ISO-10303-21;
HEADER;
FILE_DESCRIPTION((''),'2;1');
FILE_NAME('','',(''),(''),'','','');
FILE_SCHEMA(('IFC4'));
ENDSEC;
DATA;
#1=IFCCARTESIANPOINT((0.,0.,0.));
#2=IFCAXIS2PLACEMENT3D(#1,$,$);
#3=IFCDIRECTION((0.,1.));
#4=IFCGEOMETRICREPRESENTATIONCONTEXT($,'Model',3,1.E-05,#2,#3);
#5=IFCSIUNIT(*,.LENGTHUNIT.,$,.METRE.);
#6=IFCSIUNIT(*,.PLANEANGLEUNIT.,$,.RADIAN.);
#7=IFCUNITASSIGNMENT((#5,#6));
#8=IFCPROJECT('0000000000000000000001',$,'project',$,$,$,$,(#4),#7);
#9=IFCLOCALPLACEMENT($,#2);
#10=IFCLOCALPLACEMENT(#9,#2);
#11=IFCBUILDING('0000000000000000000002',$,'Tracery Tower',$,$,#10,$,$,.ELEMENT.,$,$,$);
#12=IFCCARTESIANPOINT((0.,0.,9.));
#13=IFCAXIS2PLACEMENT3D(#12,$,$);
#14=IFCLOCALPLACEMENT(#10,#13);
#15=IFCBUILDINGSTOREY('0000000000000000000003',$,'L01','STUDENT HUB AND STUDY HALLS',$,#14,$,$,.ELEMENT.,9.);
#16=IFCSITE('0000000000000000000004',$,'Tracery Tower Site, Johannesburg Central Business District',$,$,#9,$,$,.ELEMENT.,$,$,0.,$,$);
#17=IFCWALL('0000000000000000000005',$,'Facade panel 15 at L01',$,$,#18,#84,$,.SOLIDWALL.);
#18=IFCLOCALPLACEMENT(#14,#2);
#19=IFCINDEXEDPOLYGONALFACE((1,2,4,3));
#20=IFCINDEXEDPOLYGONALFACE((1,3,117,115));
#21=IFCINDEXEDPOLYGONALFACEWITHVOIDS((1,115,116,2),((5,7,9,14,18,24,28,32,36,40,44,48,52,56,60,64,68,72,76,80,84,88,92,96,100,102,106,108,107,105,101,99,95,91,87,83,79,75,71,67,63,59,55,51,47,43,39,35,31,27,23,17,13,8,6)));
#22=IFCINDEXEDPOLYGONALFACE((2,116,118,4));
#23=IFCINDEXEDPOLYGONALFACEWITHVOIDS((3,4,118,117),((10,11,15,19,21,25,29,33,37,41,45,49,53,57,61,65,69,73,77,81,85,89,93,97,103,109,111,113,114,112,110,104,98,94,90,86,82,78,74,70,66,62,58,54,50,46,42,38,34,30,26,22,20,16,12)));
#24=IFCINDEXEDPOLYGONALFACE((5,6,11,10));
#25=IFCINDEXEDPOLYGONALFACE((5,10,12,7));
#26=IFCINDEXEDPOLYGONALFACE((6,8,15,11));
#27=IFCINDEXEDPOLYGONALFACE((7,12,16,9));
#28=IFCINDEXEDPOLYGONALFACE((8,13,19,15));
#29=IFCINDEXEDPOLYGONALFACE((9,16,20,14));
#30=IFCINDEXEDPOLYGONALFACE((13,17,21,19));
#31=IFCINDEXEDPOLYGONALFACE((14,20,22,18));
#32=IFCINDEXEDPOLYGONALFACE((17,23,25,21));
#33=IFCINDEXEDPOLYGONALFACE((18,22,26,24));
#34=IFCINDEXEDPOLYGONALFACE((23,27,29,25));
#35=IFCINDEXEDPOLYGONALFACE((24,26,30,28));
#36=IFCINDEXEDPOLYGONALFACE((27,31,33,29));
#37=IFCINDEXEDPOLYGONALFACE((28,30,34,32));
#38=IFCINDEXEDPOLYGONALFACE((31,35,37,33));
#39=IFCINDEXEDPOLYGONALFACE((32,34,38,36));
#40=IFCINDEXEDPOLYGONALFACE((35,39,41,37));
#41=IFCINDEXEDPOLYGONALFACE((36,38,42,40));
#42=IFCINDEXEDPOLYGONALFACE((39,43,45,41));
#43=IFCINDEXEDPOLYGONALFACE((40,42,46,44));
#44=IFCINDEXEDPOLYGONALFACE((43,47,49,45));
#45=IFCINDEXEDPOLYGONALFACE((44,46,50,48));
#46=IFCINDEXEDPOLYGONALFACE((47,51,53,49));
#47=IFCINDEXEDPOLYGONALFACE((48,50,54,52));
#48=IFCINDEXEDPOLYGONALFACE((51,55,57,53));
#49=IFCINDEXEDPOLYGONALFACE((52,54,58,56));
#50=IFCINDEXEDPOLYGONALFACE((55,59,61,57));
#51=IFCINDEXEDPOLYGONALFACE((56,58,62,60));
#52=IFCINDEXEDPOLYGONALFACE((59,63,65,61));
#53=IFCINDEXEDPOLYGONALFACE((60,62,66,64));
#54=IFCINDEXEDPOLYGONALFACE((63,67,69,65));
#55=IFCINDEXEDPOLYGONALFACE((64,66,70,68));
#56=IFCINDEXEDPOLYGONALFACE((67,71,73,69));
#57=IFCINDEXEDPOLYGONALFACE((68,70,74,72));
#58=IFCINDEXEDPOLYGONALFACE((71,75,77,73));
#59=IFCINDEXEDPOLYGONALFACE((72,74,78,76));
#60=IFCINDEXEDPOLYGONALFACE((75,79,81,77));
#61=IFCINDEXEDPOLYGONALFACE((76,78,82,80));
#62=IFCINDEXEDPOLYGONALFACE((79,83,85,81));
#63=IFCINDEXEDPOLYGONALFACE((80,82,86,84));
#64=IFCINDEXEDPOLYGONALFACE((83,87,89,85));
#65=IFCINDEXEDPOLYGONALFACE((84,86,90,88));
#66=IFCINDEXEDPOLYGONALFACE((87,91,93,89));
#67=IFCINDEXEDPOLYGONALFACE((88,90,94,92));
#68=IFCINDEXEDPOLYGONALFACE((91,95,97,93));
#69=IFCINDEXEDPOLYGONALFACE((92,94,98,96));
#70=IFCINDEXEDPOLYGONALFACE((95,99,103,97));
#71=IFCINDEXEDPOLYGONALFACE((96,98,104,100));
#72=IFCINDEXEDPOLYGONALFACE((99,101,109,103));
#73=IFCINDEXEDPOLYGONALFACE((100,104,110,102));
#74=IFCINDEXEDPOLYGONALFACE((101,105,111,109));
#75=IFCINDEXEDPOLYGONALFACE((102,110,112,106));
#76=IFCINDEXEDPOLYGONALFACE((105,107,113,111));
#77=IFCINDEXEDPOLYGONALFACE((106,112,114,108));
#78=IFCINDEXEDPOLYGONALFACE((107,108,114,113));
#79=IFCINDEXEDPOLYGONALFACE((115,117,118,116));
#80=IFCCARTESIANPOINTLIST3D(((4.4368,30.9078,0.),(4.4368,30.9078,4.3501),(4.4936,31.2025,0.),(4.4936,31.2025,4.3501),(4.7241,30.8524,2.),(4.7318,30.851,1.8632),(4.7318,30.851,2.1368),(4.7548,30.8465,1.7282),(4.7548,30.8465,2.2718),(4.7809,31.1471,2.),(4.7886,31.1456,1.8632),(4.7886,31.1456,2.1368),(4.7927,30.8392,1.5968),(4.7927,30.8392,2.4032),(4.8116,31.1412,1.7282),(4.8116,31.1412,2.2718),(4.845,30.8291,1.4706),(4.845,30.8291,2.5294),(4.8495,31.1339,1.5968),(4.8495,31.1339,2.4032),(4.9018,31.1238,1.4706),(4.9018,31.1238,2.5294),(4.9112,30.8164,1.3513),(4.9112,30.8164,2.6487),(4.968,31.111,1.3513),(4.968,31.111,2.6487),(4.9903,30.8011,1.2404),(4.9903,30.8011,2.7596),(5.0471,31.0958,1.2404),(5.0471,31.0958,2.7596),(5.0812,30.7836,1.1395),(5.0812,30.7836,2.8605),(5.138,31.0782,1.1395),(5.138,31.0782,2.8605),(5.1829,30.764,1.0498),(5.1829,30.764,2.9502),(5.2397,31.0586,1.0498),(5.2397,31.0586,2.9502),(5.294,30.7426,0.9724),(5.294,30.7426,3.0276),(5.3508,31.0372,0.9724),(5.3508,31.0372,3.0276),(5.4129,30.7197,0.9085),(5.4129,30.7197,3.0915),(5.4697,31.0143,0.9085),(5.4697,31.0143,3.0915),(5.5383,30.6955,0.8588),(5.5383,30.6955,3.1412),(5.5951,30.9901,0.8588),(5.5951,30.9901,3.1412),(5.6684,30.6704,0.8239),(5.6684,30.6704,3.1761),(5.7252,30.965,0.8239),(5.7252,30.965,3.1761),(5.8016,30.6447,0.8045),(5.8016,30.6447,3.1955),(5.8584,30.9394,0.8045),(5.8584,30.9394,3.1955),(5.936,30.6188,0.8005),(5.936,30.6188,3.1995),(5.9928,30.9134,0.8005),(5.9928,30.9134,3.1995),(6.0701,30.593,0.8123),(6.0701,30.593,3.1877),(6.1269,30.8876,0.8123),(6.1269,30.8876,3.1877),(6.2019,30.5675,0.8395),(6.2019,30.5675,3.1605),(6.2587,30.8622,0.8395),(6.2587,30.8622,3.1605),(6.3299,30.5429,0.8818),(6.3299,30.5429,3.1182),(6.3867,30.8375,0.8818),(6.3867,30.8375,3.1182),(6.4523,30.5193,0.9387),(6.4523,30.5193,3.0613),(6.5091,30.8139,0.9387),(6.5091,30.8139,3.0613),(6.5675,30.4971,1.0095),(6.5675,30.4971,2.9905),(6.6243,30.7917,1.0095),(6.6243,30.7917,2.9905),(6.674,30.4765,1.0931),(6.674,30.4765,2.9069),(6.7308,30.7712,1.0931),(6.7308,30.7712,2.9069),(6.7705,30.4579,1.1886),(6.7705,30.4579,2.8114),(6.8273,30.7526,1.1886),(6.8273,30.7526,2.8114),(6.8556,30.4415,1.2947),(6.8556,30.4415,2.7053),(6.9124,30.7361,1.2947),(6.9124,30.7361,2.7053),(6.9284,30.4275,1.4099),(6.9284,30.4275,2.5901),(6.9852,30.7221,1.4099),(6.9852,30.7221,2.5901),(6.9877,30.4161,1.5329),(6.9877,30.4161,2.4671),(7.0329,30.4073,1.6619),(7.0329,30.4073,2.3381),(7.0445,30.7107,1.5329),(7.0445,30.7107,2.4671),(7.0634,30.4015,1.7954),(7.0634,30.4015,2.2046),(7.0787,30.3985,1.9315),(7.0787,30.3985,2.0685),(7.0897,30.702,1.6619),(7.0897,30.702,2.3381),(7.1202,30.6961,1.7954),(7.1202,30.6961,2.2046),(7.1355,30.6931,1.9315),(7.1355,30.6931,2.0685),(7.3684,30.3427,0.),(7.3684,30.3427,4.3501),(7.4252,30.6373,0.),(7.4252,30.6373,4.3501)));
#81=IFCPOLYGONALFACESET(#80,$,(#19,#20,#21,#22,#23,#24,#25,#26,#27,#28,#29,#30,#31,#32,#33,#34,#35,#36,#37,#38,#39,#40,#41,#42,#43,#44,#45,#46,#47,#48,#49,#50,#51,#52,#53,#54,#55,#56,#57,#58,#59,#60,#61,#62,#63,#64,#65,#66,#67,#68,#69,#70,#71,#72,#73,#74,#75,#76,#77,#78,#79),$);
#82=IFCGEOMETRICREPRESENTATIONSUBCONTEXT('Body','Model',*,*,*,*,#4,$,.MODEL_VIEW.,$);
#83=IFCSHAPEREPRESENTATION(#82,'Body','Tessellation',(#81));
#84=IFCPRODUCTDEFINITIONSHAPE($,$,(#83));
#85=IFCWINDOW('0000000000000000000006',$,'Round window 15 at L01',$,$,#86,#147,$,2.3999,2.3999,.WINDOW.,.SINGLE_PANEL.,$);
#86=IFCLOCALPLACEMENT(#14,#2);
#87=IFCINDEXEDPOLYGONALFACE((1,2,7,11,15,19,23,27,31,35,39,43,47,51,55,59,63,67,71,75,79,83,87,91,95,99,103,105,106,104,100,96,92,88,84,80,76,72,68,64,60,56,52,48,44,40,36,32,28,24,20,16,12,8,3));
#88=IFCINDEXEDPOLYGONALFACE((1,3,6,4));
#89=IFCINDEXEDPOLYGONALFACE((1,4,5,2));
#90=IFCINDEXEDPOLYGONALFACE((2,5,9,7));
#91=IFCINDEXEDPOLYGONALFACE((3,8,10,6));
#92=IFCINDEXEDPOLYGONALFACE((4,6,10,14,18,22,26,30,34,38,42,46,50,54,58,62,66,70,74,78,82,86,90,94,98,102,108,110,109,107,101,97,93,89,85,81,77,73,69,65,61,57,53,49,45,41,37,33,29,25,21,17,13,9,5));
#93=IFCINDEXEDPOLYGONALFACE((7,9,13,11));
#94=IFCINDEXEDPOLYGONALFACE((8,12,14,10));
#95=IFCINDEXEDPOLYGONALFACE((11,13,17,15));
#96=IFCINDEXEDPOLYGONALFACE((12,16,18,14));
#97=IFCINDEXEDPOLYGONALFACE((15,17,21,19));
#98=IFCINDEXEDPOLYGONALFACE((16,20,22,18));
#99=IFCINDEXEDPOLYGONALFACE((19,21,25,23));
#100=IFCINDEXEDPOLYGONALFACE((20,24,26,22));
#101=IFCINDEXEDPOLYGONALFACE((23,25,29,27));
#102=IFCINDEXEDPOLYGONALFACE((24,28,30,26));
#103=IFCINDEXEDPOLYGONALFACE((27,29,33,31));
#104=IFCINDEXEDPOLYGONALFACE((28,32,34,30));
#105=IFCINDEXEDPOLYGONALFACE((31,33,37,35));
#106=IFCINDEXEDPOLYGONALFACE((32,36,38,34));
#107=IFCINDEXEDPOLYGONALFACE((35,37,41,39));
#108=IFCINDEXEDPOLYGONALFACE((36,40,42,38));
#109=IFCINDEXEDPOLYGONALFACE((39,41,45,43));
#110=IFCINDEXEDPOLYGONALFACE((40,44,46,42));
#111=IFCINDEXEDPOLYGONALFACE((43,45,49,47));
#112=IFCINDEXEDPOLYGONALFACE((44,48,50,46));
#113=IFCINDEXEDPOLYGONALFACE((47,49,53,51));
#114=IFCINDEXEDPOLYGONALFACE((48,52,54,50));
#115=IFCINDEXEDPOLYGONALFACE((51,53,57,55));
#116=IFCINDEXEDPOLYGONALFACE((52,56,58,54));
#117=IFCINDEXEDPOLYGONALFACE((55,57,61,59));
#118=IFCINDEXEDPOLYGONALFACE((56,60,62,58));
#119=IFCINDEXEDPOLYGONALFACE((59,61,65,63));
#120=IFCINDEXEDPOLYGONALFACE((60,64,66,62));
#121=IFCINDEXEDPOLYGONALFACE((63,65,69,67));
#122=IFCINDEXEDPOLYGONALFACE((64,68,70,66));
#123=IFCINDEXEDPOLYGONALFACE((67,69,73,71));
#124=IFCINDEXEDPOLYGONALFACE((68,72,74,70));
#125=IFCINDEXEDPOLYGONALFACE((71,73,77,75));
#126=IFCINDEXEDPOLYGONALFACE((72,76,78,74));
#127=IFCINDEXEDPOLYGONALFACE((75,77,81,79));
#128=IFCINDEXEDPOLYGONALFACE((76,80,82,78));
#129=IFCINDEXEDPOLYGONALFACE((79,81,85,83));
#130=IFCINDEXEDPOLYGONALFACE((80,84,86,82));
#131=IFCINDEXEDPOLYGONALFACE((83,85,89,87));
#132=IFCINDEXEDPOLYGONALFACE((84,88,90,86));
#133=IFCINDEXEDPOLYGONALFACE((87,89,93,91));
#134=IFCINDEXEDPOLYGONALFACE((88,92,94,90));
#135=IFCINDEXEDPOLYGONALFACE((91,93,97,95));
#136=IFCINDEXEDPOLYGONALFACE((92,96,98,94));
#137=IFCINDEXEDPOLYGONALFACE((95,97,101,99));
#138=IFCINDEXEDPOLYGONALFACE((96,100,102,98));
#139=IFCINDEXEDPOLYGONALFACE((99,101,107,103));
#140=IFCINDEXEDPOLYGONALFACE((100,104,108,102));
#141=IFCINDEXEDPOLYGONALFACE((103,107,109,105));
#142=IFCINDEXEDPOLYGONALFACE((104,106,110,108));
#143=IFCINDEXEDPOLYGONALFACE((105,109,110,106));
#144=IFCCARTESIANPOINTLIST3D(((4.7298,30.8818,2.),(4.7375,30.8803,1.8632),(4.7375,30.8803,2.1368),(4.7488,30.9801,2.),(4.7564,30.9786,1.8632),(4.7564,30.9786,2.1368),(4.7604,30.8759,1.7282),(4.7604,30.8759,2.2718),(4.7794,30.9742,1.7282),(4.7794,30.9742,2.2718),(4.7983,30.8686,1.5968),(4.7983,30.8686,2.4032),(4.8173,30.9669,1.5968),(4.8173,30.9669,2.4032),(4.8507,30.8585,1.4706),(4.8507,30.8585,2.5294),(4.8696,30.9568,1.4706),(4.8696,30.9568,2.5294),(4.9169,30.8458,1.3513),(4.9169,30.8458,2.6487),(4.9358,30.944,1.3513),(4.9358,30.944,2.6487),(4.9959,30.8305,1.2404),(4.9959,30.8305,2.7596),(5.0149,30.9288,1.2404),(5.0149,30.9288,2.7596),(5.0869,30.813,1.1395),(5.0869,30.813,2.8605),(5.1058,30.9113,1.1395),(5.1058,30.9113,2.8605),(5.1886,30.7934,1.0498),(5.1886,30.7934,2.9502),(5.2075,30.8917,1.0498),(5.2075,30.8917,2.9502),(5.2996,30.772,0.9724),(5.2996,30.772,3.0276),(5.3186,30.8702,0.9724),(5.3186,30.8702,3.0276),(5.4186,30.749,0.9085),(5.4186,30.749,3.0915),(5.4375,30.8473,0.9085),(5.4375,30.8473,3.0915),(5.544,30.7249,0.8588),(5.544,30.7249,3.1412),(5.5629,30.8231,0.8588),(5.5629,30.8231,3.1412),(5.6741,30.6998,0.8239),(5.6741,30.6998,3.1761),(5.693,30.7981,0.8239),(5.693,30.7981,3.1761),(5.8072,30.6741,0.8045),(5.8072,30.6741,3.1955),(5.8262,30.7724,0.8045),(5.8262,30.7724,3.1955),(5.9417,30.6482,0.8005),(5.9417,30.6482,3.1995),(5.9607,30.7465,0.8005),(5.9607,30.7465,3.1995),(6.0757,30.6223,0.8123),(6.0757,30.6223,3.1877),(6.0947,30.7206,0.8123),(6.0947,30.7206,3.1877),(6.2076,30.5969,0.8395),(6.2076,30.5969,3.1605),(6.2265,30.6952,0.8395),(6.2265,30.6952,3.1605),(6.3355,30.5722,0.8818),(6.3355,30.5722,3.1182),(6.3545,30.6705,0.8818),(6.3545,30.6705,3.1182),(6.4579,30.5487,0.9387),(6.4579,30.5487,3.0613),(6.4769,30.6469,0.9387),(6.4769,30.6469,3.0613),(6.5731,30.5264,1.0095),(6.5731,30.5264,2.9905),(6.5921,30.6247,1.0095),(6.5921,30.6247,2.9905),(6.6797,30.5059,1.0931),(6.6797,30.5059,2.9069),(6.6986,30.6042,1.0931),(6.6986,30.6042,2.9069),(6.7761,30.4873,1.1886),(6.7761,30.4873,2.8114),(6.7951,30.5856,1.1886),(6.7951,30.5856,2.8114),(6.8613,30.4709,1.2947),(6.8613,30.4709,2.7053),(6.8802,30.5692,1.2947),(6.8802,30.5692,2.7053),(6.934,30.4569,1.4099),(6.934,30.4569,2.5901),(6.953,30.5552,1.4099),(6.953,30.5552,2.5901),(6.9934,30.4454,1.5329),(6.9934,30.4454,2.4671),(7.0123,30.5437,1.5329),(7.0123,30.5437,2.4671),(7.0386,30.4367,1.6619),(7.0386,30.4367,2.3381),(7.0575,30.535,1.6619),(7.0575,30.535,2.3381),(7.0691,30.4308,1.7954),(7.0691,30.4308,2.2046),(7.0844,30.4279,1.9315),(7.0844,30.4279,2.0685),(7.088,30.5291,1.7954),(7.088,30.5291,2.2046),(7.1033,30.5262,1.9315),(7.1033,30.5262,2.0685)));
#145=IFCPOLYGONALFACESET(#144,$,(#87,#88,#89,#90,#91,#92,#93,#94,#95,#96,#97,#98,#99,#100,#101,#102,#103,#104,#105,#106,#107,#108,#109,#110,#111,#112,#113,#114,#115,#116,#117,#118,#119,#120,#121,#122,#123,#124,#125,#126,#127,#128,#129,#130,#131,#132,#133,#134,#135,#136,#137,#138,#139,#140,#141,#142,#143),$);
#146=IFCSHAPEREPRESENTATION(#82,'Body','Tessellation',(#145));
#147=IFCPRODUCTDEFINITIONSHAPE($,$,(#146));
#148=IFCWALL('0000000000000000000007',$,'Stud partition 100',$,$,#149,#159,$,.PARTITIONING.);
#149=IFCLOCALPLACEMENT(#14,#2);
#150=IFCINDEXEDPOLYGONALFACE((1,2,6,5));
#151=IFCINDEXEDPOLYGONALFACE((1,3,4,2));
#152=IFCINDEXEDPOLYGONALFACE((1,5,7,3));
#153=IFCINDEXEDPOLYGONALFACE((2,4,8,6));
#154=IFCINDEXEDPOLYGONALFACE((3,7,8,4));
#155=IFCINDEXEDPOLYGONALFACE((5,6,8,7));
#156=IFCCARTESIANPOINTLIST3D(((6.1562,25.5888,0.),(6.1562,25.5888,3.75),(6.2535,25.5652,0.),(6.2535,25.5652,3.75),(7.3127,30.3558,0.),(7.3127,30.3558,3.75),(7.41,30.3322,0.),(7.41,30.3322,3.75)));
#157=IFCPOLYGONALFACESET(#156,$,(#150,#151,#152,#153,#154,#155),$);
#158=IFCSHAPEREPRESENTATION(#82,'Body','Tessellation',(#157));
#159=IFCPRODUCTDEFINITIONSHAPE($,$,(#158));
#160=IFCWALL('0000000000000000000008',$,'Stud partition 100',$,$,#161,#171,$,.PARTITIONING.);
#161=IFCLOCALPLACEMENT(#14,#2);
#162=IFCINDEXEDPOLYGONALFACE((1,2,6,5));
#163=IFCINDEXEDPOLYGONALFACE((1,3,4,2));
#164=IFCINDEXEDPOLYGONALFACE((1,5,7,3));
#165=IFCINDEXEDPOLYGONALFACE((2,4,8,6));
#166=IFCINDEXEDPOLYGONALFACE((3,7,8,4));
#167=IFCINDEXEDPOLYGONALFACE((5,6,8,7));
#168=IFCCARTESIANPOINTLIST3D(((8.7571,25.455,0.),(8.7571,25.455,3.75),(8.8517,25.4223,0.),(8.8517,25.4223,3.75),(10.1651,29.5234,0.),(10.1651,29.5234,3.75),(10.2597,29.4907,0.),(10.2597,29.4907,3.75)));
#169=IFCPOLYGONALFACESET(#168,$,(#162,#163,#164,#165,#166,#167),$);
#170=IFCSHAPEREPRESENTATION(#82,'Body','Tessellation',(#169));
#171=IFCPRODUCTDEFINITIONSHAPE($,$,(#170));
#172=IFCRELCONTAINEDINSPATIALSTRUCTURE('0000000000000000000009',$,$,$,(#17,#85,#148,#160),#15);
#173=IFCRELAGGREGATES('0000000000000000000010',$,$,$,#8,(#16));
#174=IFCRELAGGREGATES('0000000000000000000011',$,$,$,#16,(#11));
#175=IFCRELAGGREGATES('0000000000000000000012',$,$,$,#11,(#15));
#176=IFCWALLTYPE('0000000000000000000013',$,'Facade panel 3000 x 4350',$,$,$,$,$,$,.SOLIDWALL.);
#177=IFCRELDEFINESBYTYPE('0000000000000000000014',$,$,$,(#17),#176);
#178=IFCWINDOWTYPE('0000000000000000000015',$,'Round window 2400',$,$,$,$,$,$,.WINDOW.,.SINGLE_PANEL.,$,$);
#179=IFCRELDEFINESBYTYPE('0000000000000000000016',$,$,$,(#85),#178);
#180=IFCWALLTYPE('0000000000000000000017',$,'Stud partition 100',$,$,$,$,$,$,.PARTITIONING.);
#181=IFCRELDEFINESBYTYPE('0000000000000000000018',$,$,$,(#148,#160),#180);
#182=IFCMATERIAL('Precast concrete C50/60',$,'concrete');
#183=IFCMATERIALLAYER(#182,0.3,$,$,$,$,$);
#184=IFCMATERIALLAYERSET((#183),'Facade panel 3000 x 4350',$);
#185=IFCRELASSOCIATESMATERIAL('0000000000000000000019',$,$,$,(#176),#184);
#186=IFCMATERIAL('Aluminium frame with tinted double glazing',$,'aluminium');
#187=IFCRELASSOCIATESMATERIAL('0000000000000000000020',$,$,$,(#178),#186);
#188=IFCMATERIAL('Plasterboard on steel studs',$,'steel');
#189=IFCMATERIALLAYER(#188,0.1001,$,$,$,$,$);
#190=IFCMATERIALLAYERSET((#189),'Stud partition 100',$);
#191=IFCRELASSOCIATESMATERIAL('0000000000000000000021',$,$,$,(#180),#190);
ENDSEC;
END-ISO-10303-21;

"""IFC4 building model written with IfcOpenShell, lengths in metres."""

from ifc_helpers import new_model, si_unit, direction, frame, frame_2d, origin, origin_2d, place, context, subcontext, project, spatial, rectangle, circle, extrude, material, layer, layer_set, type_object, element, fill, save


model = new_model("IFC4")

# Units and contexts
model_context = context("Model", 3, precision=1e-05, world=origin(), true_north=direction((0.0, 1.0)))
body_context = subcontext(model_context, "Body", "Model", "MODEL_VIEW")
ifc_project = project(units=[si_unit("LENGTHUNIT", "METRE"), si_unit("PLANEANGLEUNIT", "RADIAN")], contexts=[model_context])

# Site, building, storey
site_placement = place(None, origin())
site = spatial("IfcSite", under=ifc_project, at=site_placement, Name="Tracery Tower Site, Johannesburg Central Business District", CompositionType="ELEMENT", RefElevation=0.0)
building_placement = place(site_placement, origin())
building = spatial("IfcBuilding", under=site, at=building_placement, Name="Tracery Tower", CompositionType="ELEMENT")
storey_placement = place(building_placement, frame((0.0, 0.0, 9.0)))
storey = spatial("IfcBuildingStorey", under=building, at=storey_placement, Name="L01", Description="STUDENT HUB AND STUDY HALLS", CompositionType="ELEMENT", Elevation=9.0)

# Wall, opening, window
ifc_material_1 = material(Name="Precast concrete C50/60", Category="concrete")
ifc_layer_1 = layer(ifc_material_1, 0.3)
ifc_layer_set_1 = layer_set([ifc_layer_1], Name="Facade panel 3000 x 4350")
wall_type_1 = type_object("IfcWallType", Name="Facade panel 3000 x 4350", PredefinedType="SOLIDWALL", material=ifc_layer_set_1)
ifc_material_2 = material(Name="Aluminium frame with tinted double glazing", Category="aluminium")
window_type = type_object("IfcWindowType", Name="Round window 2400", PartitioningType="SINGLE_PANEL", PredefinedType="WINDOW", material=ifc_material_2)
wall_1_placement = place(storey_placement, frame((7.3967, 30.49, 0.0), z_axis=(0.0, 0.0, 1.0), x_axis=(-0.981919, 0.189302, 0.0)))
wall_1 = element("IfcWall", 1, at=wall_1_placement, inside=storey, type_object=wall_type_1, Name="Facade panel 15 at L01", PredefinedType="SOLIDWALL", context=body_context, shape_type="SweptSolid", body=[
    extrude(rectangle(XDim=2.9856, YDim=0.3, at=frame_2d((1.4927, 0.0))), origin(), (0.0, 0.0, 1.0), 4.3501),
])
opening_1_placement = place(wall_1_placement, frame((1.4929, 0.0, 2.0)))
opening_1 = element("IfcOpeningElement", 2, at=opening_1_placement, cuts=wall_1, PredefinedType="OPENING", context=body_context, shape_type="SweptSolid", body=[
    extrude(circle(Radius=1.2, at=origin_2d()), frame((0.0, 0.1599, 0.0), z_axis=(0.0, -1.0, 0.0), x_axis=(1.0, 0.0, 0.0)), (0.0, 0.0, 1.0), 0.3201),
])
window_1_placement = place(opening_1_placement, origin())
window_1 = element("IfcWindow", 3, at=window_1_placement, inside=storey, type_object=window_type, Name="Round window 15 at L01", OverallHeight=2.3999, OverallWidth=2.3999, PartitioningType="SINGLE_PANEL", PredefinedType="WINDOW", context=body_context, shape_type="SweptSolid", body=[
    extrude(circle(Radius=1.2, at=origin_2d()), frame((0.0, 0.1201, 0.0), z_axis=(0.0, -1.0, 0.0), x_axis=(1.0, 0.0, 0.0)), (0.0, 0.0, 1.0), 0.1001),
])
fill(opening_1, window_1)

# Walls
ifc_material_3 = material(Name="Plasterboard on steel studs", Category="steel")
ifc_layer_2 = layer(ifc_material_3, 0.1001)
ifc_layer_set_2 = layer_set([ifc_layer_2], Name="Stud partition 100")
wall_type_2 = type_object("IfcWallType", Name="Stud partition 100", PredefinedType="PARTITIONING", material=ifc_layer_set_2)
wall_2_placement = place(storey_placement, frame((7.3613, 30.344, 0.0), z_axis=(0.0, 0.0, 1.0), x_axis=(-0.235761, -0.971811, 0.0)))
element("IfcWall", 4, at=wall_2_placement, inside=storey, type_object=wall_type_2, Name="Stud partition 100", PredefinedType="PARTITIONING", context=body_context, shape_type="SweptSolid", body=[
    extrude(rectangle(XDim=4.9053, YDim=0.1001, at=frame_2d((2.4526, 0.0))), origin(), (0.0, 0.0, 1.0), 3.75),
])
wall_3_placement = place(storey_placement, frame((10.2124, 29.5071, 0.0), z_axis=(0.0, 0.0, 1.0), x_axis=(-0.327044, -0.945009, 0.0)))
element("IfcWall", 5, at=wall_3_placement, inside=storey, type_object=wall_type_2, Name="Stud partition 100", PredefinedType="PARTITIONING", context=body_context, shape_type="SweptSolid", body=[
    extrude(rectangle(XDim=4.3052, YDim=0.1001, at=frame_2d((2.1526, 0.0))), origin(), (0.0, 0.0, 1.0), 3.75),
])

save(model, "model.ifc")
